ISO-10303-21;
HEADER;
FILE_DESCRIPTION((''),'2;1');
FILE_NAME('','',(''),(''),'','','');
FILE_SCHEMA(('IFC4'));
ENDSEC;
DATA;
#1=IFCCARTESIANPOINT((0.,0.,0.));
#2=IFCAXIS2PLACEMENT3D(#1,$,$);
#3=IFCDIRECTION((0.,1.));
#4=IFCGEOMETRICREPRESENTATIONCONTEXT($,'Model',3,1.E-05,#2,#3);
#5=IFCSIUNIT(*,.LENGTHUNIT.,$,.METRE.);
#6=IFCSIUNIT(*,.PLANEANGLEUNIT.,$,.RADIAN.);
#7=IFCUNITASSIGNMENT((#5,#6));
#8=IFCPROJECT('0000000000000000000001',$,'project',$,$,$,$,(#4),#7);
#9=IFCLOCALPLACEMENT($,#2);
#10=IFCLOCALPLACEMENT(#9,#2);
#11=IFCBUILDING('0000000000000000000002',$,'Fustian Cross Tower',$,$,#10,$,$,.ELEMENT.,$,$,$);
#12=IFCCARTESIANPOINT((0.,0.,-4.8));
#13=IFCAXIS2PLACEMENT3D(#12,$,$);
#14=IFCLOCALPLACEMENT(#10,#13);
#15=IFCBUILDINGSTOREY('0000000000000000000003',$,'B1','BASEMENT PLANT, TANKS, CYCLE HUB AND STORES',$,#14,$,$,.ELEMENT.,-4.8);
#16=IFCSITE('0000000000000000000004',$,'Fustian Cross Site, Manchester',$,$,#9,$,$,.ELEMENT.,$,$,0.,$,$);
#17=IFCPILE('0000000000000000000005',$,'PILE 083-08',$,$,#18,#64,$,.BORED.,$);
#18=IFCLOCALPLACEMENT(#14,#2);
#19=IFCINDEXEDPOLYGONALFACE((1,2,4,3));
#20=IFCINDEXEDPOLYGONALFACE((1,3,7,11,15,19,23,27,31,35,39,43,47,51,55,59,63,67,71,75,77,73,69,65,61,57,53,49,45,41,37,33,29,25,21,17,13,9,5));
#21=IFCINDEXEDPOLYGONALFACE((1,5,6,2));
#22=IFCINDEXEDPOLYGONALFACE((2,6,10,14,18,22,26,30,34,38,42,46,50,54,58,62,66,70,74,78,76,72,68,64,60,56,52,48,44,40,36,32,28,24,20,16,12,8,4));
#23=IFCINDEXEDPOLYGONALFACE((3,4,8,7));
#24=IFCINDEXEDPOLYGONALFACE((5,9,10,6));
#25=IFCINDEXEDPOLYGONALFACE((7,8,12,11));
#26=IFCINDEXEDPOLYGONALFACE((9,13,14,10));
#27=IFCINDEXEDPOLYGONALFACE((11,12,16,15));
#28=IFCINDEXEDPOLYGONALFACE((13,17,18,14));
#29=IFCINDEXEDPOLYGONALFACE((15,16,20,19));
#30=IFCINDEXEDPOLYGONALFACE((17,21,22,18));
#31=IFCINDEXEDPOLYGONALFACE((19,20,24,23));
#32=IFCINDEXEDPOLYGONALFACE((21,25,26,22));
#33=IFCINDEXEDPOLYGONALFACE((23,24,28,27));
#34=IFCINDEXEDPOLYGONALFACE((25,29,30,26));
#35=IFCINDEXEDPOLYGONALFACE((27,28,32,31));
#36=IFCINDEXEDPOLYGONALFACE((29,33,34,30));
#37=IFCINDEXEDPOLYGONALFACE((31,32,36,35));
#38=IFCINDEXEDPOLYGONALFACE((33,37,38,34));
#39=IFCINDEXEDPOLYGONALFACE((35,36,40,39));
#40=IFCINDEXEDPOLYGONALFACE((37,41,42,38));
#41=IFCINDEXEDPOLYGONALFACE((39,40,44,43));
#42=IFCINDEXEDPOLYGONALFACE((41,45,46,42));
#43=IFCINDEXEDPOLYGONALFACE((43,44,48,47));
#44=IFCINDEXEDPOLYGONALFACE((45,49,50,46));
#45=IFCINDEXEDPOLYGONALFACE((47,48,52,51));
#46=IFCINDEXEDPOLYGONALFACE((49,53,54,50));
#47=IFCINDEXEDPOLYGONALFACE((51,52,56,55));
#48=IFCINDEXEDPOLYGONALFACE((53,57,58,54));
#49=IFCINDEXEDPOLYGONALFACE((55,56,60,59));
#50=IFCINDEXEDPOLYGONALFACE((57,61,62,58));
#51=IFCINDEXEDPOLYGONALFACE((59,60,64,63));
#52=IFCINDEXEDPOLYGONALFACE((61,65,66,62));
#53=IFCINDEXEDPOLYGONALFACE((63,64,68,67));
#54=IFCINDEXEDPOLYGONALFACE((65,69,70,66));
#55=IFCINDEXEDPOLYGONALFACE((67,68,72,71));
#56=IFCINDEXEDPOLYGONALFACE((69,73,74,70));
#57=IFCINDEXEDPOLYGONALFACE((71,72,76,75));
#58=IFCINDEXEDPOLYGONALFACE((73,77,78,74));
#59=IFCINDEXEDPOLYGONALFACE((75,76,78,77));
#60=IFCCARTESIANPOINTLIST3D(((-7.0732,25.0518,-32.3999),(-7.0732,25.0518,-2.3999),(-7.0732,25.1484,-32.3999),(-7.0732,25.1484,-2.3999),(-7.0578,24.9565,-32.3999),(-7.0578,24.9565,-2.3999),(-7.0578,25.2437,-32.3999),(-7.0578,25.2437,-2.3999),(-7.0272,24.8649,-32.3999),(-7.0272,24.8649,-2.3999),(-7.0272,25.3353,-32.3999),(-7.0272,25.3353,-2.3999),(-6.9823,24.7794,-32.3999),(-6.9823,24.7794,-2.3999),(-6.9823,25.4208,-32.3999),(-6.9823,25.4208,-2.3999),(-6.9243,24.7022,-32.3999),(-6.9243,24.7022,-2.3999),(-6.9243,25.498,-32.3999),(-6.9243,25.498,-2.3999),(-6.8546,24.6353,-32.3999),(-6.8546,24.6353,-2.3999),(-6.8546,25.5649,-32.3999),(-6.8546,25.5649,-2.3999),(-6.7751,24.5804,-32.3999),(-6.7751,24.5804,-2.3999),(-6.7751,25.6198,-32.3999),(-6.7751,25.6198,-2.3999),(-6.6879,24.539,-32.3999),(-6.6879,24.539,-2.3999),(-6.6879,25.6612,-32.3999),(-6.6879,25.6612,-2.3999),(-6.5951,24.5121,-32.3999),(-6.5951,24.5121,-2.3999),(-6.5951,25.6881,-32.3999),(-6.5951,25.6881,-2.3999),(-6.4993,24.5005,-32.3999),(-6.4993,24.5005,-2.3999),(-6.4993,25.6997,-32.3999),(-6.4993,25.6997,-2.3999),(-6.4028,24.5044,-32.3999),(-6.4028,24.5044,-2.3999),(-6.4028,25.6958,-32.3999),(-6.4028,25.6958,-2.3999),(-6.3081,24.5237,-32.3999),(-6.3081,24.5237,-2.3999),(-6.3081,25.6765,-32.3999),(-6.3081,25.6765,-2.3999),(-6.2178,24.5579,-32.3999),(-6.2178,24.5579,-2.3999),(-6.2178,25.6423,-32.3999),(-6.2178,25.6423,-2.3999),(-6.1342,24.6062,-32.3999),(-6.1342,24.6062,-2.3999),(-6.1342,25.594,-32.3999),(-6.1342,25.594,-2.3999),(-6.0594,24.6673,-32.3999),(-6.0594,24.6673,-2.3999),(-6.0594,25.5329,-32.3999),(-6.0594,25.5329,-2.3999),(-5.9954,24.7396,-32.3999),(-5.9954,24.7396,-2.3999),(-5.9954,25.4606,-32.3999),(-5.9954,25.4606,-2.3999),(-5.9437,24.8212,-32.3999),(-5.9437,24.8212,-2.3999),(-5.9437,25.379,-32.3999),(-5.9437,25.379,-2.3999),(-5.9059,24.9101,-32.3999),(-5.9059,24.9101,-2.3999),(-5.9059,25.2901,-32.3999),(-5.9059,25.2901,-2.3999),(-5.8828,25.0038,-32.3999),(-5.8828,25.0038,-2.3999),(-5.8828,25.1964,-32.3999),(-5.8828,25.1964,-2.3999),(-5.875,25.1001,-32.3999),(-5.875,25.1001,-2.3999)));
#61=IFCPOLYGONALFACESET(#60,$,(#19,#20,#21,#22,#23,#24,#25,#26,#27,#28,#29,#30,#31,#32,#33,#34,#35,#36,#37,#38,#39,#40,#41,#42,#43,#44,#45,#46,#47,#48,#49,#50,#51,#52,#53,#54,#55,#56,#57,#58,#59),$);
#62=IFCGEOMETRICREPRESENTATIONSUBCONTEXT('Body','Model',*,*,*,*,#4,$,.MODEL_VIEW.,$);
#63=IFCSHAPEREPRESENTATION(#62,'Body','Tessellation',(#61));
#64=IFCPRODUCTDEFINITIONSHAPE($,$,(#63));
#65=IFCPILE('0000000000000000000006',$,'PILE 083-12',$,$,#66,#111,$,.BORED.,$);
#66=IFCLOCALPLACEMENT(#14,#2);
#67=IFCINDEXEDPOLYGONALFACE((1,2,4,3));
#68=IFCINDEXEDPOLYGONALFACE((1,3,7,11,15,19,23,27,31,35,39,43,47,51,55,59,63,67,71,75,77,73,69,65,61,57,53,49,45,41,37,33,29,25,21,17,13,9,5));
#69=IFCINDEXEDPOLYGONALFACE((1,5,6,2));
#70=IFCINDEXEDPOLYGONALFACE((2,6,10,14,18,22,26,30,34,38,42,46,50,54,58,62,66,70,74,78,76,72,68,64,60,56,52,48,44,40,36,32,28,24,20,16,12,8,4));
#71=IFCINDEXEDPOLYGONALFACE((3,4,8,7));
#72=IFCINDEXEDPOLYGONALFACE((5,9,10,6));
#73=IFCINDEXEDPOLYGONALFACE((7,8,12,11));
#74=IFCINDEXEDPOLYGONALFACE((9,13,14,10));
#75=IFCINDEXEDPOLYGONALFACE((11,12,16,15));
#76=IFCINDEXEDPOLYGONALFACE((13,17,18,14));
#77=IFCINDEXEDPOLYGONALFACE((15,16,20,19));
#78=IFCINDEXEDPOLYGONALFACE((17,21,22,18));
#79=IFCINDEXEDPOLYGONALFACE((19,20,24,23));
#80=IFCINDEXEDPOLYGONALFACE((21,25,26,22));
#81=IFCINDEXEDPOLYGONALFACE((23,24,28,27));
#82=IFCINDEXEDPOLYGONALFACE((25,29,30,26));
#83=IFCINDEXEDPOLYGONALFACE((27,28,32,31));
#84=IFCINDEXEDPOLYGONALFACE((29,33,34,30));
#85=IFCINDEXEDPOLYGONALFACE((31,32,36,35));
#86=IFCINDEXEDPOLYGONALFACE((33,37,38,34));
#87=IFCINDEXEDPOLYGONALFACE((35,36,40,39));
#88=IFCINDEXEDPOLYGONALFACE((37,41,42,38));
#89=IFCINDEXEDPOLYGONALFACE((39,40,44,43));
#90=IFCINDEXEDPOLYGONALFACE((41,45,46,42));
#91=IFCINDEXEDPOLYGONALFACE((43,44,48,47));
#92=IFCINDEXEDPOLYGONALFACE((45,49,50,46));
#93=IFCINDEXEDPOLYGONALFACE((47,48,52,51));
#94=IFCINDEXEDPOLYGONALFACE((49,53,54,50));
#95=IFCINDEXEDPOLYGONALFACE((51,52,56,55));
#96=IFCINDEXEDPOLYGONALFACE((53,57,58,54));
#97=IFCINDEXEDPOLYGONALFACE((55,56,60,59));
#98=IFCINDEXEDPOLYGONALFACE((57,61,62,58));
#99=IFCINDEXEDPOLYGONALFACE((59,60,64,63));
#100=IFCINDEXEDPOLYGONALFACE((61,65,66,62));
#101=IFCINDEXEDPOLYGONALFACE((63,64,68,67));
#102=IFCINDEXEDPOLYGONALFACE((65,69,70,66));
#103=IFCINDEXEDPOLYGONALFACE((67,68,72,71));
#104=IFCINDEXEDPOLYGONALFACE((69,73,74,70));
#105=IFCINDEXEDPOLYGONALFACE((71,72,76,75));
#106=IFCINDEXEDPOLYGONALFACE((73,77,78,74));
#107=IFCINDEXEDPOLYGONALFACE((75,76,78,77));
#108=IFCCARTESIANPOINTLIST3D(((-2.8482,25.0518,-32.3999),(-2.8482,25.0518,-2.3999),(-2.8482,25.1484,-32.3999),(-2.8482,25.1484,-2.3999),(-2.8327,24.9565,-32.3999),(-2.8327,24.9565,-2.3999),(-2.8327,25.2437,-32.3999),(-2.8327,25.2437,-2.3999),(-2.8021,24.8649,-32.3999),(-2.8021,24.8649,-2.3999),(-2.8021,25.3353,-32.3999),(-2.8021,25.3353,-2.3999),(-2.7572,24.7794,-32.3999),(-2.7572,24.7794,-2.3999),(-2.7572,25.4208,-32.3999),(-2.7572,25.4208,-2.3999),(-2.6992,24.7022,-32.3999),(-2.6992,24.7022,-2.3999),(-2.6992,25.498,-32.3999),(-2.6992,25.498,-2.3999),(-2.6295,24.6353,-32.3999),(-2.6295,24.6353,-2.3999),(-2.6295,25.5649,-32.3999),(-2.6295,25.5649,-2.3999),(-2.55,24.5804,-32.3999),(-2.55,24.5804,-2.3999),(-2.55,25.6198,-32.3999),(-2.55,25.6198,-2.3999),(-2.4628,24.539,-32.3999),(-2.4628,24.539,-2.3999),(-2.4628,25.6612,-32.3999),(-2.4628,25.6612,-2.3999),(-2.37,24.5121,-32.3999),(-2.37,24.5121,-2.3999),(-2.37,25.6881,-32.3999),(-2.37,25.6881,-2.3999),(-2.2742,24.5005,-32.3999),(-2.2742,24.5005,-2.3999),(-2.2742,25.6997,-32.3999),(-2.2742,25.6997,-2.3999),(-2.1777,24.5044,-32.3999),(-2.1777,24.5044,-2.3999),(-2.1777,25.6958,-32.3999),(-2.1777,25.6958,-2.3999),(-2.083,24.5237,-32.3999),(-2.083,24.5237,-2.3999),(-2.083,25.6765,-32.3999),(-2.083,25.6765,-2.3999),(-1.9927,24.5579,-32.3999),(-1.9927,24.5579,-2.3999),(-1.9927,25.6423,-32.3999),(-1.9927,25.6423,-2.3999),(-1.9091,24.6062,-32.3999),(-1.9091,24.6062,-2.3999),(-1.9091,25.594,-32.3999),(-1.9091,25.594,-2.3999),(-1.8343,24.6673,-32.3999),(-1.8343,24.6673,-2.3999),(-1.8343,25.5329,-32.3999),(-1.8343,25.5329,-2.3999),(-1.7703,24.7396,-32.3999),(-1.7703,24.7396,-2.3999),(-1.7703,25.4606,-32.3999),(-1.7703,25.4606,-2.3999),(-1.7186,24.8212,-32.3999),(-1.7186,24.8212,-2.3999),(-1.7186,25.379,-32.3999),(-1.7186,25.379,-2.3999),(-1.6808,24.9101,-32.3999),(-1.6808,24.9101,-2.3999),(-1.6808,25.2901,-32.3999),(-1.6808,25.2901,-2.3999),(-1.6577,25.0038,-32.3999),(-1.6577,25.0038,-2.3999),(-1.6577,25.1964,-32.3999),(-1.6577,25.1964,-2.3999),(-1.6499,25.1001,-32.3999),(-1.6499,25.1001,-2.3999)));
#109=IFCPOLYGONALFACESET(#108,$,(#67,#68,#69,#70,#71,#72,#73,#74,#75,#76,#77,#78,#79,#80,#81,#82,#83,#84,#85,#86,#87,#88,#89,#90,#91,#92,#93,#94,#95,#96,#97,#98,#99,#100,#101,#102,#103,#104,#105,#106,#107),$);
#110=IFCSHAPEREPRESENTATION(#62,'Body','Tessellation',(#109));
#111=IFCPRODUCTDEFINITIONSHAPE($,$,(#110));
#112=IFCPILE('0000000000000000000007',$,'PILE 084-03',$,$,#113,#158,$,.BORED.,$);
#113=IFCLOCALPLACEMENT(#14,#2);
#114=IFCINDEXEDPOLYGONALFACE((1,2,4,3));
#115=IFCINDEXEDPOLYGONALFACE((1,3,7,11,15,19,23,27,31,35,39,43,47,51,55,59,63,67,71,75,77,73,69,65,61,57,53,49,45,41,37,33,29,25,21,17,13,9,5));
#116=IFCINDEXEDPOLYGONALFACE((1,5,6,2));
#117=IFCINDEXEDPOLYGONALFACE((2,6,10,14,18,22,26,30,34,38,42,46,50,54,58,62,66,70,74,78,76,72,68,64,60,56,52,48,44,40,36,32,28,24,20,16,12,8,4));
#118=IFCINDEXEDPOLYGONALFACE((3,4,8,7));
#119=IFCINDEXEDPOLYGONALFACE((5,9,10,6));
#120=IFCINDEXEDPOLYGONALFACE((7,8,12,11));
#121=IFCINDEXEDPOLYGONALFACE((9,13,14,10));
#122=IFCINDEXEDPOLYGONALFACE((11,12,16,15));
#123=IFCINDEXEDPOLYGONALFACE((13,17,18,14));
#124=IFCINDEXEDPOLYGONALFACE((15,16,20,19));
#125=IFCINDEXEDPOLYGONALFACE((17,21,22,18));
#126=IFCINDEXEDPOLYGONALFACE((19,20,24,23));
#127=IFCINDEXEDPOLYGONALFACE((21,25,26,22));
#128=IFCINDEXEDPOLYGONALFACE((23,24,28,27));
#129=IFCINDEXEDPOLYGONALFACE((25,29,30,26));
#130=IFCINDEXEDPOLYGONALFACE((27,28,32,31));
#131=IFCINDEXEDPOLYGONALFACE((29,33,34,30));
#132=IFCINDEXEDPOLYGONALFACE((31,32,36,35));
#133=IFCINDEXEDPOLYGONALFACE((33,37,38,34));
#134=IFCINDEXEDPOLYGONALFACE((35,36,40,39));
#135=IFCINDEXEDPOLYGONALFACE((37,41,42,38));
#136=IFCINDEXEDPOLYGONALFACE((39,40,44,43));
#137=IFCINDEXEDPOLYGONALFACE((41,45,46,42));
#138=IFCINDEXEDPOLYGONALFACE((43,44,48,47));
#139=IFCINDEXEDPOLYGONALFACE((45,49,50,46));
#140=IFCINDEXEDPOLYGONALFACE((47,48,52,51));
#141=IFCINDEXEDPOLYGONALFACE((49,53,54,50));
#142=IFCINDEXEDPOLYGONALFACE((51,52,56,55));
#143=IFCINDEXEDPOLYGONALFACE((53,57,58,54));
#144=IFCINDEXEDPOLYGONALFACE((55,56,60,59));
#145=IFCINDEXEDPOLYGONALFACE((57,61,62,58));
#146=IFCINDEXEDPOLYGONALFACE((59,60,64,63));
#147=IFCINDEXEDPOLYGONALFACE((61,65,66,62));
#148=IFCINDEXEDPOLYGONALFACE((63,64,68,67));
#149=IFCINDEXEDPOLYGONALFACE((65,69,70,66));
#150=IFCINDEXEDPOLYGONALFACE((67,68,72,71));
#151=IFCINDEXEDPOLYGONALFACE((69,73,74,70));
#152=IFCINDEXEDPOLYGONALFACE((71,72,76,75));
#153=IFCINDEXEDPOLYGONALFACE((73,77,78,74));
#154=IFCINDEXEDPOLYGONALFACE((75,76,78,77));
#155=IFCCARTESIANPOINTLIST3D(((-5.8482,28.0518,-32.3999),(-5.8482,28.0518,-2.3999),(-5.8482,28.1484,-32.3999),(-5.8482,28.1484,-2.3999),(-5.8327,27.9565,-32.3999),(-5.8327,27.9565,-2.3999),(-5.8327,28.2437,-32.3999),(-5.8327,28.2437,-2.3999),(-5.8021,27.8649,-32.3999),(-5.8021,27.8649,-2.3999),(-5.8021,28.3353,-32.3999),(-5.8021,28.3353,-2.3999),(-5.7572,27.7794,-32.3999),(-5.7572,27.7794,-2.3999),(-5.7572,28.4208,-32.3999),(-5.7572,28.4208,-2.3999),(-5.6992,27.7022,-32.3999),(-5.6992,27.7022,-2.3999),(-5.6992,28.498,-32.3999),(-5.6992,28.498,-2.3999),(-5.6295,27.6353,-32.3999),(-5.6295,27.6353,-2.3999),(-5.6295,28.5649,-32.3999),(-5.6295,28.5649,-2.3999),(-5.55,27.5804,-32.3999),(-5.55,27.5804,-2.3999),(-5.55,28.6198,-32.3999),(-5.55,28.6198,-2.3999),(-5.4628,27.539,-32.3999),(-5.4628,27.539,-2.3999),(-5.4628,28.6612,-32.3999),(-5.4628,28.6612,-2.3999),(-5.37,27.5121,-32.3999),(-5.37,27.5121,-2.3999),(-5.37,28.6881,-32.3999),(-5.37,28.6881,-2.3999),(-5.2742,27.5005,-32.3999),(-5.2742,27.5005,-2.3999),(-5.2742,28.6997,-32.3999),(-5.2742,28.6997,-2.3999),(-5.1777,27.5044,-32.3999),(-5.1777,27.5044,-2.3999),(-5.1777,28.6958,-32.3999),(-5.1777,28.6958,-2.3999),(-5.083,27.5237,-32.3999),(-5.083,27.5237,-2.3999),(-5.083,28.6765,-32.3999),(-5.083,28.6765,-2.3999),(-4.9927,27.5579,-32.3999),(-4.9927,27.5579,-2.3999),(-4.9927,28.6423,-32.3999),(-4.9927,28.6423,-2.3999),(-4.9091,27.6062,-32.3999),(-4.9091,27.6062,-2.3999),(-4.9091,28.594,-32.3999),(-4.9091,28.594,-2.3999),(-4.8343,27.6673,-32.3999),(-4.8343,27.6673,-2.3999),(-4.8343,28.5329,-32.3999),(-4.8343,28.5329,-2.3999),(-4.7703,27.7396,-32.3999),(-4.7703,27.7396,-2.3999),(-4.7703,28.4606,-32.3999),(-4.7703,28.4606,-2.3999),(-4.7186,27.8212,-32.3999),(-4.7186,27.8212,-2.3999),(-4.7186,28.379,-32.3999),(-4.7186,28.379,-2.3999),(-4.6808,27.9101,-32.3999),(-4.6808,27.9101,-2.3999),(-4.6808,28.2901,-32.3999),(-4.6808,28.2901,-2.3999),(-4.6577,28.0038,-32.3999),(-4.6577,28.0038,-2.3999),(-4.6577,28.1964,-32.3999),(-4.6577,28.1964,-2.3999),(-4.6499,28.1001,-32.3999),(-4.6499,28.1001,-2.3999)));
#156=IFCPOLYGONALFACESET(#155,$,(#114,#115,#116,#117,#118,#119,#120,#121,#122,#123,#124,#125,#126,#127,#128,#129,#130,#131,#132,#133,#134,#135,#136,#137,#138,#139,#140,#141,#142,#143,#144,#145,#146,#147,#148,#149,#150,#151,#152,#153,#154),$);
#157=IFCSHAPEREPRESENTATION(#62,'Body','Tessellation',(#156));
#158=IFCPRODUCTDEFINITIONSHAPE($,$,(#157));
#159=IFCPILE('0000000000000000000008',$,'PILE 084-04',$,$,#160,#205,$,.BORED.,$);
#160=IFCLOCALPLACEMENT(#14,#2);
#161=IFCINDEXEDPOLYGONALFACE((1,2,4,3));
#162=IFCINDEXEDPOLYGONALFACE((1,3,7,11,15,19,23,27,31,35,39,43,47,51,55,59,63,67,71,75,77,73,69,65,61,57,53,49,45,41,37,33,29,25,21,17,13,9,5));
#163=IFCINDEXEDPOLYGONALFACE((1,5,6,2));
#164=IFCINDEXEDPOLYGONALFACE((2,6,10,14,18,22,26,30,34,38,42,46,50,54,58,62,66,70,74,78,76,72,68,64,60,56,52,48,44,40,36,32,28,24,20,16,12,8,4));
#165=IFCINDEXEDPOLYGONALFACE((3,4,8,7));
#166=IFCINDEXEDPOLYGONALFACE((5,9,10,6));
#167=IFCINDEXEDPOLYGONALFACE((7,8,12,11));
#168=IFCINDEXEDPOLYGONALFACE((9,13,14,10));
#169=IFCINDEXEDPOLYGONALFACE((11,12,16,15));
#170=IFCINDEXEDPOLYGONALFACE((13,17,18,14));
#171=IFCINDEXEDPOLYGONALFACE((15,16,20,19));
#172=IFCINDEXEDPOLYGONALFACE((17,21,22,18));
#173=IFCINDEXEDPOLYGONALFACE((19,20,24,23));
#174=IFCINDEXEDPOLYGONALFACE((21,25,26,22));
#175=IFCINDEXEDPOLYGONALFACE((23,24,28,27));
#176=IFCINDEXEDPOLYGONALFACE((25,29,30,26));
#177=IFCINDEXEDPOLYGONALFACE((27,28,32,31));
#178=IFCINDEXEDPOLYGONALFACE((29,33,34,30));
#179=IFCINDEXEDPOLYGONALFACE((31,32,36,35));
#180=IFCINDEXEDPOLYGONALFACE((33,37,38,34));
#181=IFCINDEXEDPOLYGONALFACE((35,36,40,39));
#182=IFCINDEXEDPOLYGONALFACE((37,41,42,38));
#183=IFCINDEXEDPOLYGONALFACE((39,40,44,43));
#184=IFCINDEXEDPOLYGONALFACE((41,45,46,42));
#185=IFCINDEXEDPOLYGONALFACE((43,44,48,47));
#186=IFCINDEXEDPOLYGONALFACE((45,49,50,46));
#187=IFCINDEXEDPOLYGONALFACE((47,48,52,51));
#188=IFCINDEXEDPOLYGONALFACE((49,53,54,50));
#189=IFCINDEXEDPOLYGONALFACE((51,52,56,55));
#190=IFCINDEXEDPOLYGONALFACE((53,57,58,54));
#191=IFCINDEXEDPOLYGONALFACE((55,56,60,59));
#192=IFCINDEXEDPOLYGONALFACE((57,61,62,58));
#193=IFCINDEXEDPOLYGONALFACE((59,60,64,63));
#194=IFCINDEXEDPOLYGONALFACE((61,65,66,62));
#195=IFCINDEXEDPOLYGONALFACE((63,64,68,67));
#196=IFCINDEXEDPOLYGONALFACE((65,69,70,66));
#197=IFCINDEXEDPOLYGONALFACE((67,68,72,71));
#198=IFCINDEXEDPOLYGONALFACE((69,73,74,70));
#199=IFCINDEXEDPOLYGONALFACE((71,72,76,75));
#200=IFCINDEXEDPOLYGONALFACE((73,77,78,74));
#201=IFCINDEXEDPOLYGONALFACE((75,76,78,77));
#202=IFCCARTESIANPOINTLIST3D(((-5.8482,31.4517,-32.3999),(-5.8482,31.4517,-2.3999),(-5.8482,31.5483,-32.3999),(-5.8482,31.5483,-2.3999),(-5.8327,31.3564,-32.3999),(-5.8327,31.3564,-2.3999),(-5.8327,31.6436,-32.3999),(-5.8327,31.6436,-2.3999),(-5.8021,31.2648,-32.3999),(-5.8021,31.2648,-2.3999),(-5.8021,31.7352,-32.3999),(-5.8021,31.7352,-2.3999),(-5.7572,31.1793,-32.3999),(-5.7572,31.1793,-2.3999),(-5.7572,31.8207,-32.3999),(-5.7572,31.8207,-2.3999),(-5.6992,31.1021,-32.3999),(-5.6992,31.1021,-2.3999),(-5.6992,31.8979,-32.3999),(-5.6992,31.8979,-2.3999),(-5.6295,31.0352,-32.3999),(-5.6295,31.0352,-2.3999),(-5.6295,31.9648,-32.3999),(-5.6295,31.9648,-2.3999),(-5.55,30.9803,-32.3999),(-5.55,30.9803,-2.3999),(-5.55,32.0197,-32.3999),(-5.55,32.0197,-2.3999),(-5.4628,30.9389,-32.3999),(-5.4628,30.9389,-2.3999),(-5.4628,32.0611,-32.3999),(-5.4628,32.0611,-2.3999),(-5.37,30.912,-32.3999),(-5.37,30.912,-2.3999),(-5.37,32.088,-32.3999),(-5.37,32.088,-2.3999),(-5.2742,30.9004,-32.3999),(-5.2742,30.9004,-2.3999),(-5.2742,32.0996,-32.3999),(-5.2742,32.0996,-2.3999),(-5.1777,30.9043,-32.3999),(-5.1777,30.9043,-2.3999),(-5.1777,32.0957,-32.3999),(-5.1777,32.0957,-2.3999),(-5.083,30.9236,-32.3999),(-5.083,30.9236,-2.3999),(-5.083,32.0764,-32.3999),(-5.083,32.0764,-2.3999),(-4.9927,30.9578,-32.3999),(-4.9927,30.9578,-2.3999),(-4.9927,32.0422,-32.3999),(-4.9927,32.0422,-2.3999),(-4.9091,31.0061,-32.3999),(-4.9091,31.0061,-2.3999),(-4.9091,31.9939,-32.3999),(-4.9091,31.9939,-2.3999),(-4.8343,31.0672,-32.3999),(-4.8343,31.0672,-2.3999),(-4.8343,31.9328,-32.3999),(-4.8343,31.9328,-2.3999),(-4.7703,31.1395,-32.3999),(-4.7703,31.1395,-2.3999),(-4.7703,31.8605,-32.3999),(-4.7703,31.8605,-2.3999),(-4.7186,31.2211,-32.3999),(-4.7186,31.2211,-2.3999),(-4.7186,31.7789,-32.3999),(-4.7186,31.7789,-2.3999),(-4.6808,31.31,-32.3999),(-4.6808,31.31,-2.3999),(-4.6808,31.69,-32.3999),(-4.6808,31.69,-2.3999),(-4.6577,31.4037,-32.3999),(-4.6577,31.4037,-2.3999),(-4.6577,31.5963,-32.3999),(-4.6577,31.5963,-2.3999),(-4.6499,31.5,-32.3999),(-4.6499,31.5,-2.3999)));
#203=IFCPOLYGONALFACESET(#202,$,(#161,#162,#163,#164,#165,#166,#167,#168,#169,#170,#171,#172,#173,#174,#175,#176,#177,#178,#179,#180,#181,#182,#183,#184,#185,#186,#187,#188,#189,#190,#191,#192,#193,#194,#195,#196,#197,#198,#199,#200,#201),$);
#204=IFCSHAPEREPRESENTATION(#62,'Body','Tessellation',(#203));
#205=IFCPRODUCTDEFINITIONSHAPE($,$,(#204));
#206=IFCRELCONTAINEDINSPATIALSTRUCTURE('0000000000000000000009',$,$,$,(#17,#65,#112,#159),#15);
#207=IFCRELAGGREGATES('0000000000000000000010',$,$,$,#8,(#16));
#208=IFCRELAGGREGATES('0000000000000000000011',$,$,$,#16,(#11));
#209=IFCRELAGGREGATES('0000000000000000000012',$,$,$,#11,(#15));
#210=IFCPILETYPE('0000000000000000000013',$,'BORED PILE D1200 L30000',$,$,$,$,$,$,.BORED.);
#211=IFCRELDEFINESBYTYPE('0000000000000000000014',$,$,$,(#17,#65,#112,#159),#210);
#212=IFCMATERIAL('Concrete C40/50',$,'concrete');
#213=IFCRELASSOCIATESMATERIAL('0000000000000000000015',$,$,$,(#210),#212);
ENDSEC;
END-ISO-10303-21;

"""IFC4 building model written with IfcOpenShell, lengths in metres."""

from ifc_helpers import new_model, si_unit, direction, frame, origin, origin_2d, place, context, subcontext, project, spatial, circle, extrude, material, material_profile, profile_set, type_object, element, save


model = new_model("IFC4")

# Units and contexts
model_context = context("Model", 3, precision=1e-05, world=origin(), true_north=direction((0.0, 1.0)))
body_context = subcontext(model_context, "Body", "Model", "MODEL_VIEW")
ifc_project = project(units=[si_unit("LENGTHUNIT", "METRE"), si_unit("PLANEANGLEUNIT", "RADIAN")], contexts=[model_context])

# Site, building, storey
site_placement = place(None, origin())
site = spatial("IfcSite", under=ifc_project, at=site_placement, Name="Fustian Cross Site, Manchester", CompositionType="ELEMENT", RefElevation=0.0)
building_placement = place(site_placement, origin())
building = spatial("IfcBuilding", under=site, at=building_placement, Name="Fustian Cross Tower", CompositionType="ELEMENT")
storey_placement = place(building_placement, frame((0.0, 0.0, -4.8)))
storey = spatial("IfcBuildingStorey", under=building, at=storey_placement, Name="B1", Description="BASEMENT PLANT, TANKS, CYCLE HUB AND STORES", CompositionType="ELEMENT", Elevation=-4.8)

# Piles
ifc_material_1 = material(Name="Concrete C40/50", Category="concrete")
ifc_material_profile_1 = material_profile(ifc_material_1, circle(Radius=0.6001, at=origin_2d()), Name="BORED PILE D1200 L30000")
ifc_profile_set_1 = profile_set([ifc_material_profile_1], Name="Concrete C40/50")
pile_type = type_object("IfcPileType", Name="BORED PILE D1200 L30000", PredefinedType="BORED", material=ifc_profile_set_1)
for number, where, z_axis, x_axis, name in (
    (1, (-6.4751, 25.1001, -2.3999), (0.0, 0.0, -1.0), (1.0, 0.0, 0.0), "PILE 083-08"),
    (2, (-2.25, 25.1001, -2.3999), (0.0, 0.0, -1.0), (1.0, 0.0, 0.0), "PILE 083-12"),
    (3, (-5.25, 28.1001, -2.3999), (0.0, 0.0, -1.0), (1.0, 0.0, 0.0), "PILE 084-03"),
    (4, (-5.25, 31.5, -2.3999), (0.0, 0.0, -1.0), (1.0, 0.0, 0.0), "PILE 084-04"),
):
    element("IfcPile", number, at=place(storey_placement, frame(where, z_axis=z_axis, x_axis=x_axis)), inside=storey, type_object=pile_type, Name=name, PredefinedType="BORED", context=body_context, shape_type="SweptSolid", body=[
        extrude(circle(Radius=0.6001, at=origin_2d()), origin(), (0.0, 0.0, 1.0), 30.0),
    ])

save(model, "model.ifc")
